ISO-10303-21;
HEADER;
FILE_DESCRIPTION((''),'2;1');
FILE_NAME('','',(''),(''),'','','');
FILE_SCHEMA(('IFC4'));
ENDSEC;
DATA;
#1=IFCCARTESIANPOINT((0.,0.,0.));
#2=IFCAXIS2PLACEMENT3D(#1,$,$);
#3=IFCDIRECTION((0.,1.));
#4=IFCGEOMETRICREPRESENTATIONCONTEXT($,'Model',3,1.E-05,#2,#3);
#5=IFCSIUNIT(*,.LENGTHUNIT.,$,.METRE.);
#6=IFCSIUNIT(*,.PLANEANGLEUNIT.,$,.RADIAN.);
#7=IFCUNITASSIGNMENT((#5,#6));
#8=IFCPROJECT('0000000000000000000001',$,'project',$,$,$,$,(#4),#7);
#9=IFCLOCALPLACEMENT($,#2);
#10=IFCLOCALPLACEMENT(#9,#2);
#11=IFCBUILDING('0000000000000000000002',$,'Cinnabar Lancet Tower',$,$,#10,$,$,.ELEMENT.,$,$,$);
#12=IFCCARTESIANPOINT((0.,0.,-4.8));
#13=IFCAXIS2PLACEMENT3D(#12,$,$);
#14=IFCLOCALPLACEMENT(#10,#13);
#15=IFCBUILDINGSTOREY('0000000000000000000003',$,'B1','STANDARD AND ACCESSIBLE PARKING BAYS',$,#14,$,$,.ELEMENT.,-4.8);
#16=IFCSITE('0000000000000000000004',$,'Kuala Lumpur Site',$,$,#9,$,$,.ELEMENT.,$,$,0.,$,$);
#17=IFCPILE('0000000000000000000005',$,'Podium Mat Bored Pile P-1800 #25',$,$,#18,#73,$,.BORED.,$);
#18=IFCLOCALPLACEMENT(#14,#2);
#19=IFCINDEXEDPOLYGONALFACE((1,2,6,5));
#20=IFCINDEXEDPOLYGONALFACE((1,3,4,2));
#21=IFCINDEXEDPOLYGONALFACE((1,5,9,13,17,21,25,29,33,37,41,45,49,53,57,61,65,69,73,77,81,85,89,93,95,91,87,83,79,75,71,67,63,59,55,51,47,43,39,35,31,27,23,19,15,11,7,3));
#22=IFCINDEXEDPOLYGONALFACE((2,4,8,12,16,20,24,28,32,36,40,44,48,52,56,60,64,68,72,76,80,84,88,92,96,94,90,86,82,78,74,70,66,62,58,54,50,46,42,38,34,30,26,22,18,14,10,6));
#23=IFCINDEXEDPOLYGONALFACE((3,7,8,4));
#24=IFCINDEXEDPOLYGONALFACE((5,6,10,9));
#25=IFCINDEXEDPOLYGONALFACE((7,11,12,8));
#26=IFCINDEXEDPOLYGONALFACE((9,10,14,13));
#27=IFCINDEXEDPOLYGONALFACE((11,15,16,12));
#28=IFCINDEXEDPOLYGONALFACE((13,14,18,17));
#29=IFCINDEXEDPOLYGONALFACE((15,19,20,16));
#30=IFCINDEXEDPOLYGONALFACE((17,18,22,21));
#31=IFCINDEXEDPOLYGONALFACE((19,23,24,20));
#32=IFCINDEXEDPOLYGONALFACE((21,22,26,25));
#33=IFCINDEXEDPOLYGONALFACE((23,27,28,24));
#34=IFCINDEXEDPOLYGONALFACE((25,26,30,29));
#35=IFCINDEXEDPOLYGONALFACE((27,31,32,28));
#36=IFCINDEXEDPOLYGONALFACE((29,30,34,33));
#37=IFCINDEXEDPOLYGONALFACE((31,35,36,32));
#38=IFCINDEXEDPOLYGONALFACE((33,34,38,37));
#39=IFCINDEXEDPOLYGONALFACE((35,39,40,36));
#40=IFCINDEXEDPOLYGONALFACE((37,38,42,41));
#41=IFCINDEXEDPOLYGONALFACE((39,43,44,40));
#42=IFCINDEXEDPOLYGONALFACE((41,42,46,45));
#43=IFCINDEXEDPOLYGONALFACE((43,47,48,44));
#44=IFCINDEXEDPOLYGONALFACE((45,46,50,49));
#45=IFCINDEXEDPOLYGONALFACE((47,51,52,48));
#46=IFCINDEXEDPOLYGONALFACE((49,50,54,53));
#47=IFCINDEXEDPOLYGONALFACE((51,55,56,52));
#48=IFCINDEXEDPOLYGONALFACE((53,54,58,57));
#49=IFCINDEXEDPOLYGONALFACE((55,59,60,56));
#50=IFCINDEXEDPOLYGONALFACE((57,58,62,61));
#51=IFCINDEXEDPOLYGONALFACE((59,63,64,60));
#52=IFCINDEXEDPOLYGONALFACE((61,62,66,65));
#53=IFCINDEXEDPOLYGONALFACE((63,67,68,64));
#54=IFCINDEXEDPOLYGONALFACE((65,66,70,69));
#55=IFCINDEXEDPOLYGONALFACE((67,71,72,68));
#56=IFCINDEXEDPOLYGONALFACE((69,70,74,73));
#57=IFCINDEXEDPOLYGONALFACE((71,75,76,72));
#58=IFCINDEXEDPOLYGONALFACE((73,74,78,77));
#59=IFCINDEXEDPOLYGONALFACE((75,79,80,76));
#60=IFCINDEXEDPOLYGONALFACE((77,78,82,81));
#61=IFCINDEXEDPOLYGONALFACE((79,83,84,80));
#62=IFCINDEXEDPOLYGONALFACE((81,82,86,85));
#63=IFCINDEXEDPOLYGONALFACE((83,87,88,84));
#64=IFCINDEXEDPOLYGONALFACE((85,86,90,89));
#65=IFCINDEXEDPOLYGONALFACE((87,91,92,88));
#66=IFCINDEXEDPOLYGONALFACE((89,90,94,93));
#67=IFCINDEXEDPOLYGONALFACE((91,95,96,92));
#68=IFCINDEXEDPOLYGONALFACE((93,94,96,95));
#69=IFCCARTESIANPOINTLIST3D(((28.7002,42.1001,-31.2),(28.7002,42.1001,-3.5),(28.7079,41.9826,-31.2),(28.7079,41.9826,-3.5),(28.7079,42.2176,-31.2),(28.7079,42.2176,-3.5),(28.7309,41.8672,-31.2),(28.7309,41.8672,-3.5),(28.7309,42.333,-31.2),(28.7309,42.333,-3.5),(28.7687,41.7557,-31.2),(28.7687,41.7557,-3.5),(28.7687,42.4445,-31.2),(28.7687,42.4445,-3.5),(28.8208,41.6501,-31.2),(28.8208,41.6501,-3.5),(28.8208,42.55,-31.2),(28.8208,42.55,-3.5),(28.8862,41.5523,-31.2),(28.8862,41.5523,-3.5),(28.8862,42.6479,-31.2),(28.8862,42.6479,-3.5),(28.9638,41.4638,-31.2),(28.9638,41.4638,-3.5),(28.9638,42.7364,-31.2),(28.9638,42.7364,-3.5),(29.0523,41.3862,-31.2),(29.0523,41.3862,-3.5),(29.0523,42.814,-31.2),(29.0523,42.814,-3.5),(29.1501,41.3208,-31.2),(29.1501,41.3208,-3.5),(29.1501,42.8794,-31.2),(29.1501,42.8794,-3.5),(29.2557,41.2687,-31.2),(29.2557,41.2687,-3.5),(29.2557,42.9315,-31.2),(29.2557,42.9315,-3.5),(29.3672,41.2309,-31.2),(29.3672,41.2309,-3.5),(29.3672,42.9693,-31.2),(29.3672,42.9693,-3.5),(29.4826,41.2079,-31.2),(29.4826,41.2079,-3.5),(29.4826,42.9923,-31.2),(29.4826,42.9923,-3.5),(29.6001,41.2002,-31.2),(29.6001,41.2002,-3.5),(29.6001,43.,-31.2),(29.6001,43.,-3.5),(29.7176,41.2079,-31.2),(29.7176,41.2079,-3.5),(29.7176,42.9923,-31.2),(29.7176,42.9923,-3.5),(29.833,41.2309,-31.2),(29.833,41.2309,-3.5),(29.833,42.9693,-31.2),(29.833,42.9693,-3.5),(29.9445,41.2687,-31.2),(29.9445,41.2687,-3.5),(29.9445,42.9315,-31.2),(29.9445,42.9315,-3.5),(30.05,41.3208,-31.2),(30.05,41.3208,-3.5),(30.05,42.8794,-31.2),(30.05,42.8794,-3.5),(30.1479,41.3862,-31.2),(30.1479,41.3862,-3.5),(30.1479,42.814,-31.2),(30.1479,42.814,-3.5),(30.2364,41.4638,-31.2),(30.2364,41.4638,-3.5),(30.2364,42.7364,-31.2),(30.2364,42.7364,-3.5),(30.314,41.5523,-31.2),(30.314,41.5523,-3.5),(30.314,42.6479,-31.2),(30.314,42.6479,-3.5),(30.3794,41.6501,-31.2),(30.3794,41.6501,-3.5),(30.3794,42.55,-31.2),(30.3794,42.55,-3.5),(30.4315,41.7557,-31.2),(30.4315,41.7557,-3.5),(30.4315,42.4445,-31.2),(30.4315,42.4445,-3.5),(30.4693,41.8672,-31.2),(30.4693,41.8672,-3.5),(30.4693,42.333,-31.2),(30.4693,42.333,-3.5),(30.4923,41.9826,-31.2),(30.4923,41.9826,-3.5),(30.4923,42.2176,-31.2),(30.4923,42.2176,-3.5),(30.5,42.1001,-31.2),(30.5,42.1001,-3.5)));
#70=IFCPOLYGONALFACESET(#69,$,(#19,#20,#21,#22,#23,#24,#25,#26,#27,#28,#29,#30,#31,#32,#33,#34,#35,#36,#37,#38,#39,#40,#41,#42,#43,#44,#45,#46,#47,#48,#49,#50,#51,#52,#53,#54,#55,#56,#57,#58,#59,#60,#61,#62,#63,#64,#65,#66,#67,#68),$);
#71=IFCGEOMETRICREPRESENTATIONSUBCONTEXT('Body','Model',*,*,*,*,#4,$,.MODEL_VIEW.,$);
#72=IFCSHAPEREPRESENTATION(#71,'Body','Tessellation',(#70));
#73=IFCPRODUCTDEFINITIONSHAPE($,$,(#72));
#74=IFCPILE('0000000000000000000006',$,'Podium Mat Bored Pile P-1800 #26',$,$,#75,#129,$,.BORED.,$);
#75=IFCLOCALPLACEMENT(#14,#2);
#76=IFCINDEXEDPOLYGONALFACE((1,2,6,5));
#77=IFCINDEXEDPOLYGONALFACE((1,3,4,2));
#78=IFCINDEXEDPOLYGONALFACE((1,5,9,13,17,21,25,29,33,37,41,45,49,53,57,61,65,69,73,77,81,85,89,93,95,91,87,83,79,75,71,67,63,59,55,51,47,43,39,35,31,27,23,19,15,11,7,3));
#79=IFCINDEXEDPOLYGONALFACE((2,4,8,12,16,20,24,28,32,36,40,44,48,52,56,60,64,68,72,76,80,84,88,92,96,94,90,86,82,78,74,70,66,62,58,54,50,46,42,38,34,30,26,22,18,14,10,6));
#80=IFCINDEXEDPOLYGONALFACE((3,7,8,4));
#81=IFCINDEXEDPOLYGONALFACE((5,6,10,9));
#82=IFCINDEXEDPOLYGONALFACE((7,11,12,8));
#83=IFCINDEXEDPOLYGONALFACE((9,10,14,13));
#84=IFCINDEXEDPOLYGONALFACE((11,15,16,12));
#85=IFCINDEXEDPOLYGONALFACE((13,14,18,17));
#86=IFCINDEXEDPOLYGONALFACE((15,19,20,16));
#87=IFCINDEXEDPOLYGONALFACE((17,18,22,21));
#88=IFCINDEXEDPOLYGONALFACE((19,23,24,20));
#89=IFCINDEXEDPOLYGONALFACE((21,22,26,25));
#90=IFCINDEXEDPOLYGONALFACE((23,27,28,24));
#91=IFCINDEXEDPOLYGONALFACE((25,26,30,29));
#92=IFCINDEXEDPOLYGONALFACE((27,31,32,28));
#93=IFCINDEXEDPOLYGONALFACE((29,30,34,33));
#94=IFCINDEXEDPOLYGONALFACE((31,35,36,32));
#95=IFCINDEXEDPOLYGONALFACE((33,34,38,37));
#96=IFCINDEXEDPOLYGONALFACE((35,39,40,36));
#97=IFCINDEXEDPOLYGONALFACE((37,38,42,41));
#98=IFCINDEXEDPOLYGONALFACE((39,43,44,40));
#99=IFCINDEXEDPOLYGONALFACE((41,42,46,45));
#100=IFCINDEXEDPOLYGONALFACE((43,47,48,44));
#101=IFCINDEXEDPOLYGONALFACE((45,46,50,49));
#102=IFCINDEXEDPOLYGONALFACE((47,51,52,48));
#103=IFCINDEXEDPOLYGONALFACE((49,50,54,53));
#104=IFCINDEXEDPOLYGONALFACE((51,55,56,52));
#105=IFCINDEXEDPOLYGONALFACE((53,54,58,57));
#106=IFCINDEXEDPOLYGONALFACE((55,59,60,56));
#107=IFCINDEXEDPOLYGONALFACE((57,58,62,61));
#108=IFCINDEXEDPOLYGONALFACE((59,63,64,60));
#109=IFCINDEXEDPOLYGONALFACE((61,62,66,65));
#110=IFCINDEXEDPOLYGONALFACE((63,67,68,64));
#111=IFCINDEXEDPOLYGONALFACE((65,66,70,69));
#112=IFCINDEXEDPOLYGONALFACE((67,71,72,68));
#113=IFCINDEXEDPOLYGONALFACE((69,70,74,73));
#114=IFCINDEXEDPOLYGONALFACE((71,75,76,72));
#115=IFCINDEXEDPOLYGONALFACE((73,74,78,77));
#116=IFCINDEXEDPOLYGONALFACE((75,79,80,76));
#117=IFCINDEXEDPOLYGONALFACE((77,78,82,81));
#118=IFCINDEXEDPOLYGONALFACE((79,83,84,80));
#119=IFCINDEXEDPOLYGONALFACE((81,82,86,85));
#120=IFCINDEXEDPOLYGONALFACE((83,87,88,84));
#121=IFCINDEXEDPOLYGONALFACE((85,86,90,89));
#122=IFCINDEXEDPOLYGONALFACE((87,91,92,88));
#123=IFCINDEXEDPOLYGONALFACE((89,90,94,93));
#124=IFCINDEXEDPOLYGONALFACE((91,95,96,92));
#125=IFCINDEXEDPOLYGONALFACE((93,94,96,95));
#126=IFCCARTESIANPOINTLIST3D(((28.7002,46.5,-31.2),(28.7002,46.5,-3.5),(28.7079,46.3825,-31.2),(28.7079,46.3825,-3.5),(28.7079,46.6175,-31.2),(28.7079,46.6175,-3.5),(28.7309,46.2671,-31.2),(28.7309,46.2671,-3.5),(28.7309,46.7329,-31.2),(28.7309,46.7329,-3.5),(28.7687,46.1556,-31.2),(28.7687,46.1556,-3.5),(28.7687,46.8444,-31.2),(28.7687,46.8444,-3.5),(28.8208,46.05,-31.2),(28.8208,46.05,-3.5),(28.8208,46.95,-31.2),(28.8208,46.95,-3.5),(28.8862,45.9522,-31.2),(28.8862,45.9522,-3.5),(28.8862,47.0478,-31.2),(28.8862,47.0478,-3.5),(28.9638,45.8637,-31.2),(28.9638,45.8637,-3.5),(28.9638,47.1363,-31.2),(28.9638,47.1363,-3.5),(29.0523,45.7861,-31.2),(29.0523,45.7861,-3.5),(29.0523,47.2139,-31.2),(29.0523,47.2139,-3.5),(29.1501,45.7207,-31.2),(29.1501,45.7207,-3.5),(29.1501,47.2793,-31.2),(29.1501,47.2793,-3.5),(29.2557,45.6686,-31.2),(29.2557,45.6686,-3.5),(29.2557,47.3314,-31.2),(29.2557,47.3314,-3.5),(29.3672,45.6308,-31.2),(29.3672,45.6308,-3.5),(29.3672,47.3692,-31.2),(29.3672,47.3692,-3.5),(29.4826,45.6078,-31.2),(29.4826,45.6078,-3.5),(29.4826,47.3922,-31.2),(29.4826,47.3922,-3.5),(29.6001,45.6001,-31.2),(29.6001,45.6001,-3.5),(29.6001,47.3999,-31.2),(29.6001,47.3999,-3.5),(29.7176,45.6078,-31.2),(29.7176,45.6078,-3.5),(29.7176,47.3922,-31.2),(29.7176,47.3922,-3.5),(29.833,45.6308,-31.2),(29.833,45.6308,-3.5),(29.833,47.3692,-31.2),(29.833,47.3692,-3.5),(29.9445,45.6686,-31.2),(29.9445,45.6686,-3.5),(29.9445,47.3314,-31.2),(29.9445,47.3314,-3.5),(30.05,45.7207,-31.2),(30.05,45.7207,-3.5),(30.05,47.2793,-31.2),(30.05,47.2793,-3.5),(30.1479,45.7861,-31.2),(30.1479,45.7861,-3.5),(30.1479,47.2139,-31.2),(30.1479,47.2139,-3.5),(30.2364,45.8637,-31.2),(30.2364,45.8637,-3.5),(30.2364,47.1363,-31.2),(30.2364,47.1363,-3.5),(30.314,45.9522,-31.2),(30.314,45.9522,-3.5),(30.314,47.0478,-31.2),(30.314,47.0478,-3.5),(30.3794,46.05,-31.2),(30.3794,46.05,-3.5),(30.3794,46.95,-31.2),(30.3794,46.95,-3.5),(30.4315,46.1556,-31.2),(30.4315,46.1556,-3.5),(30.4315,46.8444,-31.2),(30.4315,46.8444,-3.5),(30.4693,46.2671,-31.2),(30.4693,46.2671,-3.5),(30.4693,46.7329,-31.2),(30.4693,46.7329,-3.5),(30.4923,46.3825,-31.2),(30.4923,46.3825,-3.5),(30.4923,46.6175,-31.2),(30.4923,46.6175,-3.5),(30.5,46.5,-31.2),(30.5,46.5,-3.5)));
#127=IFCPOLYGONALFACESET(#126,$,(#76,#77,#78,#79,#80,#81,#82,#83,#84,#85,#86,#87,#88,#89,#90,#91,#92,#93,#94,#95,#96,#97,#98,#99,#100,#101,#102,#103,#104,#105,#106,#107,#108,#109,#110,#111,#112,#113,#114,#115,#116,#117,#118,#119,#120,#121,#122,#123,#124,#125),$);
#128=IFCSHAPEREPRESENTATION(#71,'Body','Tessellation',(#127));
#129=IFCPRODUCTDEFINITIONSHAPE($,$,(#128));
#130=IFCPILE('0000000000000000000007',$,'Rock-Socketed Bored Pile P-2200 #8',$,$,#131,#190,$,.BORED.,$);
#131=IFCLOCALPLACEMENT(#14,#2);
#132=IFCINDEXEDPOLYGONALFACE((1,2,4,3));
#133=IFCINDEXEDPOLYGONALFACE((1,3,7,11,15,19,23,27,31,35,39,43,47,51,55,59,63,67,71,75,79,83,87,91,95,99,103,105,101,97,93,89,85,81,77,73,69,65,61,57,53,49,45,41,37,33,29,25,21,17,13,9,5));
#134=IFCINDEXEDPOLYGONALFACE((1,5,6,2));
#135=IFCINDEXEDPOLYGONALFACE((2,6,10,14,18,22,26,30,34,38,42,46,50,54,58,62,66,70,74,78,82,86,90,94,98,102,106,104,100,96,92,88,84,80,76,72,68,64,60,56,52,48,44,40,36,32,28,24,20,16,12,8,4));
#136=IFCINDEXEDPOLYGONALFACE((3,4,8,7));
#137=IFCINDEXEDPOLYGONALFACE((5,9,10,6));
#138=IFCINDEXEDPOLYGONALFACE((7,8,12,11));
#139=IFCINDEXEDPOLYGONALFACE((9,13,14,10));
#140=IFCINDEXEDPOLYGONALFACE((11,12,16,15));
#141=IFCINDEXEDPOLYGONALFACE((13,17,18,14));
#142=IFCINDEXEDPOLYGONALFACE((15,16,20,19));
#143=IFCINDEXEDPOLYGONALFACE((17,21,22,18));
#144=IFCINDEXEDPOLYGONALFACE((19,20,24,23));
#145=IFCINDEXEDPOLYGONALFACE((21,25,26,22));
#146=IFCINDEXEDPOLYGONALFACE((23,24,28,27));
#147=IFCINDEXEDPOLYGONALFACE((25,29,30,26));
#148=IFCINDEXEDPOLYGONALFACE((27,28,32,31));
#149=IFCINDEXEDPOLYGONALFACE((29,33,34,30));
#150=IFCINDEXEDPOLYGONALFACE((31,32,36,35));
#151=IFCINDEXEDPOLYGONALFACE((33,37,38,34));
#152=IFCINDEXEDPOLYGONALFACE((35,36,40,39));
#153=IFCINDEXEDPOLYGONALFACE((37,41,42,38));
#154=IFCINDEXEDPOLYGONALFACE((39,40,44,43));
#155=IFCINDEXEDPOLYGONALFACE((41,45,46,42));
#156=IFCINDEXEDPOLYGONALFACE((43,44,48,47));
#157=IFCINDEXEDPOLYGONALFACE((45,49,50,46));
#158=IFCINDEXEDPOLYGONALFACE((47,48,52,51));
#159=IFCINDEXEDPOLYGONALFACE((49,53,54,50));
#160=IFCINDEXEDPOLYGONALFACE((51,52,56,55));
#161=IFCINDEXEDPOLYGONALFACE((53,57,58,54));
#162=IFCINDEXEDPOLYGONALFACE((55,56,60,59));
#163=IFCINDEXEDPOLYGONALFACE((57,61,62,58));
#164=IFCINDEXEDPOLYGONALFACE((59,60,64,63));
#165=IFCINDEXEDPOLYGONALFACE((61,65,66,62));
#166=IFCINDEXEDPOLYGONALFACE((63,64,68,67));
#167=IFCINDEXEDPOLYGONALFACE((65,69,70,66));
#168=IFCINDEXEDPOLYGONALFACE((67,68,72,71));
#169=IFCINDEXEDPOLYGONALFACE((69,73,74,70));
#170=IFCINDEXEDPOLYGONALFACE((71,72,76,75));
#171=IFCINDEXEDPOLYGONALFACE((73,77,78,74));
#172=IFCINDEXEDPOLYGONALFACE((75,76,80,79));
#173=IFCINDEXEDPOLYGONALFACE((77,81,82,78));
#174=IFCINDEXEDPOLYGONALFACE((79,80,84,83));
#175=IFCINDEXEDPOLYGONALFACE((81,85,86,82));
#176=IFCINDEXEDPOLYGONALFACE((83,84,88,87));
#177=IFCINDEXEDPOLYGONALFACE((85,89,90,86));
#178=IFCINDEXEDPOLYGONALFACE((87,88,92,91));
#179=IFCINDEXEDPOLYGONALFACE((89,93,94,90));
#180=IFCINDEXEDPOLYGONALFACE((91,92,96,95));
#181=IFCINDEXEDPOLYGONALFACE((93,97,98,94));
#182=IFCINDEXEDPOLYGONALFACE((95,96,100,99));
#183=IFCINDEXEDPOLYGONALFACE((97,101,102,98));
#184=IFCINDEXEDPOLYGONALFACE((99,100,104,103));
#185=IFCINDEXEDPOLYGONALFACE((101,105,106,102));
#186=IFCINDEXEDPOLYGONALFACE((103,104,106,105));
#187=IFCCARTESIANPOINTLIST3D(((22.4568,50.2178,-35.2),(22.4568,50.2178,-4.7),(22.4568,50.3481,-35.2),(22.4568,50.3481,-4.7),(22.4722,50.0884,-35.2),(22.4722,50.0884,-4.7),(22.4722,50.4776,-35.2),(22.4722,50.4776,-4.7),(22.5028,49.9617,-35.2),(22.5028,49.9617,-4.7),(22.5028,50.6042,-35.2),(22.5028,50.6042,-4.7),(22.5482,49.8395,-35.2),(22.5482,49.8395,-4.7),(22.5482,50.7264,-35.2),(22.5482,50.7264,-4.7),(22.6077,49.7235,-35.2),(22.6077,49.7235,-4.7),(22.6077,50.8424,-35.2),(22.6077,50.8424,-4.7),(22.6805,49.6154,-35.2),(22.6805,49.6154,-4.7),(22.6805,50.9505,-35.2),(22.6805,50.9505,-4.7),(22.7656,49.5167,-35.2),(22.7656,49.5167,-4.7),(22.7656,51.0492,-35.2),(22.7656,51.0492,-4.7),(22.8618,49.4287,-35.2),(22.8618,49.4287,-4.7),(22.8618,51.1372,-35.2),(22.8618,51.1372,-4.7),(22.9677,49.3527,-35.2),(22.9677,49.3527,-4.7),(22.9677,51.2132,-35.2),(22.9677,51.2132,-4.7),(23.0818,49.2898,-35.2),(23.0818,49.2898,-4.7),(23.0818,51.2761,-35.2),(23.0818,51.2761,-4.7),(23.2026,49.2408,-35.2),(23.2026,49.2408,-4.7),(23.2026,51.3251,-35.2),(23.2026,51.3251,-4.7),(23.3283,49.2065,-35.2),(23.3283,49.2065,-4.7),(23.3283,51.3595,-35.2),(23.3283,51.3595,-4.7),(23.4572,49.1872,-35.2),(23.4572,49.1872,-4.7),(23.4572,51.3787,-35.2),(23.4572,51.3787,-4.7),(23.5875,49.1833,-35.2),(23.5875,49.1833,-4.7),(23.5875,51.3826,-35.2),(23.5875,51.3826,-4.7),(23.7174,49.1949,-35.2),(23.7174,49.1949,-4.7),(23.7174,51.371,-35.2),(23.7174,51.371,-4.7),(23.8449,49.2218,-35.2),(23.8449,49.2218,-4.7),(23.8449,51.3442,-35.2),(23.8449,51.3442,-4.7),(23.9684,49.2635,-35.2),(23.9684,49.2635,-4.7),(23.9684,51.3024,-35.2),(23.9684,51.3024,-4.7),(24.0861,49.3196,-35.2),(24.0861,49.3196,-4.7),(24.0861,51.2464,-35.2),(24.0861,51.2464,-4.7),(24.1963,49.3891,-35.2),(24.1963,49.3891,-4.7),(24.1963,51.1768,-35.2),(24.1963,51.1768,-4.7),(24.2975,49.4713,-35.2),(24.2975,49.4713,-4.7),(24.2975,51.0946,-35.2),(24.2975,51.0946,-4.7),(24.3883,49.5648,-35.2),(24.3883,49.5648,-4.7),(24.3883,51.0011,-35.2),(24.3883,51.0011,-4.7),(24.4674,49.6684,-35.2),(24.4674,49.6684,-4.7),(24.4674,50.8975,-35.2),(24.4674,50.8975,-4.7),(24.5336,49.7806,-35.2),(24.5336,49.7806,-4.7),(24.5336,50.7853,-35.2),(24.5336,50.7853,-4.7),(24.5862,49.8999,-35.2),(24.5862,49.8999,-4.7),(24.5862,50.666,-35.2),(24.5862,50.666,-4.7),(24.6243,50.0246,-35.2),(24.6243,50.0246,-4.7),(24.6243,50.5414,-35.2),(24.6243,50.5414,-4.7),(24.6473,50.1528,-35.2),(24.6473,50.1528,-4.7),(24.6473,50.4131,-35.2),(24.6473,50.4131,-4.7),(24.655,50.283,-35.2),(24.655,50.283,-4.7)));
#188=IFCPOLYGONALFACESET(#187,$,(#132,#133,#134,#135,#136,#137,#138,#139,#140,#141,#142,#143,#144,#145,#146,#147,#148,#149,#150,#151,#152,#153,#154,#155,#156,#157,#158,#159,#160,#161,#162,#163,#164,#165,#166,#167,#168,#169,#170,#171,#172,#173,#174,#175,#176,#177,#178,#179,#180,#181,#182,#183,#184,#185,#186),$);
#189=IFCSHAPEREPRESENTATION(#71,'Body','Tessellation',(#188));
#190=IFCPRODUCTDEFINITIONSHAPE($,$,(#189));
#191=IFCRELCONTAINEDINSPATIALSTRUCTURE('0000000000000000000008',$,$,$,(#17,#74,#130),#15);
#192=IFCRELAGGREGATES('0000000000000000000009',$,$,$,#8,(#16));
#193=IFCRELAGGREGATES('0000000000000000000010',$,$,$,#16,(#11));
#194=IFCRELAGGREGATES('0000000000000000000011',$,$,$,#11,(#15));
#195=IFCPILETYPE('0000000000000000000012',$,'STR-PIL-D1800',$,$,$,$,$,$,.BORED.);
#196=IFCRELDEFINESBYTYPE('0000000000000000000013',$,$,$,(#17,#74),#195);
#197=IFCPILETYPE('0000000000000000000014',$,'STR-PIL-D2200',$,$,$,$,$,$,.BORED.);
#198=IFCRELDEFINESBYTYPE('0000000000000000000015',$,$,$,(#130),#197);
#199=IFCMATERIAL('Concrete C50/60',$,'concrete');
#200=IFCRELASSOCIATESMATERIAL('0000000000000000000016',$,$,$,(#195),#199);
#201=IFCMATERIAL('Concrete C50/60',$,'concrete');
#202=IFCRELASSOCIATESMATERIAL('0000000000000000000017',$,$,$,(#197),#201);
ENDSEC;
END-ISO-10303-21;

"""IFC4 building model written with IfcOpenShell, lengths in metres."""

from ifc_helpers import new_model, si_unit, direction, frame, origin, origin_2d, place, context, subcontext, project, spatial, circle, extrude, material, material_profile, profile_set, type_object, element, save


model = new_model("IFC4")

# Units and contexts
model_context = context("Model", 3, precision=1e-05, world=origin(), true_north=direction((0.0, 1.0)))
body_context = subcontext(model_context, "Body", "Model", "MODEL_VIEW")
ifc_project = project(units=[si_unit("LENGTHUNIT", "METRE"), si_unit("PLANEANGLEUNIT", "RADIAN")], contexts=[model_context])

# Site, building, storey
site_placement = place(None, origin())
site = spatial("IfcSite", under=ifc_project, at=site_placement, Name="Kuala Lumpur Site", CompositionType="ELEMENT", RefElevation=0.0)
building_placement = place(site_placement, origin())
building = spatial("IfcBuilding", under=site, at=building_placement, Name="Cinnabar Lancet Tower", CompositionType="ELEMENT")
storey_placement = place(building_placement, frame((0.0, 0.0, -4.8)))
storey = spatial("IfcBuildingStorey", under=building, at=storey_placement, Name="B1", Description="STANDARD AND ACCESSIBLE PARKING BAYS", CompositionType="ELEMENT", Elevation=-4.8)

# Piles
ifc_material_1 = material(Name="Concrete C50/60", Category="concrete")
ifc_material_profile_1 = material_profile(ifc_material_1, circle(Radius=0.8999, at=origin_2d()), Name="PILE D1800")
ifc_profile_set_1 = profile_set([ifc_material_profile_1], Name="Concrete C50/60")
pile_type_1 = type_object("IfcPileType", Name="STR-PIL-D1800", PredefinedType="BORED", material=ifc_profile_set_1)
for number, where, z_axis, x_axis, name in (
    (1, (29.6001, 42.1001, -3.5), (0.0, 0.0, -1.0), (1.0, 0.0, 0.0), "Podium Mat Bored Pile P-1800 #25"),
    (2, (29.6001, 46.5, -3.5), (0.0, 0.0, -1.0), (1.0, 0.0, 0.0), "Podium Mat Bored Pile P-1800 #26"),
):
    element("IfcPile", number, at=place(storey_placement, frame(where, z_axis=z_axis, x_axis=x_axis)), inside=storey, type_object=pile_type_1, Name=name, PredefinedType="BORED", context=body_context, shape_type="SweptSolid", body=[
        extrude(circle(Radius=0.8999, at=origin_2d()), origin(), (0.0, 0.0, 1.0), 27.7),
    ])
ifc_material_2 = material(Name="Concrete C50/60", Category="concrete")
ifc_material_profile_2 = material_profile(ifc_material_2, circle(Radius=1.1001, at=origin_2d()), Name="PILE D2200")
ifc_profile_set_2 = profile_set([ifc_material_profile_2], Name="Concrete C50/60")
pile_type_2 = type_object("IfcPileType", Name="STR-PIL-D2200", PredefinedType="BORED", material=ifc_profile_set_2)
pile_1_placement = place(storey_placement, frame((23.5549, 50.283, -4.7), z_axis=(0.0, 0.0, -1.0), x_axis=(1.0, 0.0, 0.0)))
element("IfcPile", 3, at=pile_1_placement, inside=storey, type_object=pile_type_2, Name="Rock-Socketed Bored Pile P-2200 #8", PredefinedType="BORED", context=body_context, shape_type="SweptSolid", body=[
    extrude(circle(Radius=1.1001, at=origin_2d()), origin(), (0.0, 0.0, 1.0), 30.5),
])

save(model, "model.ifc")
